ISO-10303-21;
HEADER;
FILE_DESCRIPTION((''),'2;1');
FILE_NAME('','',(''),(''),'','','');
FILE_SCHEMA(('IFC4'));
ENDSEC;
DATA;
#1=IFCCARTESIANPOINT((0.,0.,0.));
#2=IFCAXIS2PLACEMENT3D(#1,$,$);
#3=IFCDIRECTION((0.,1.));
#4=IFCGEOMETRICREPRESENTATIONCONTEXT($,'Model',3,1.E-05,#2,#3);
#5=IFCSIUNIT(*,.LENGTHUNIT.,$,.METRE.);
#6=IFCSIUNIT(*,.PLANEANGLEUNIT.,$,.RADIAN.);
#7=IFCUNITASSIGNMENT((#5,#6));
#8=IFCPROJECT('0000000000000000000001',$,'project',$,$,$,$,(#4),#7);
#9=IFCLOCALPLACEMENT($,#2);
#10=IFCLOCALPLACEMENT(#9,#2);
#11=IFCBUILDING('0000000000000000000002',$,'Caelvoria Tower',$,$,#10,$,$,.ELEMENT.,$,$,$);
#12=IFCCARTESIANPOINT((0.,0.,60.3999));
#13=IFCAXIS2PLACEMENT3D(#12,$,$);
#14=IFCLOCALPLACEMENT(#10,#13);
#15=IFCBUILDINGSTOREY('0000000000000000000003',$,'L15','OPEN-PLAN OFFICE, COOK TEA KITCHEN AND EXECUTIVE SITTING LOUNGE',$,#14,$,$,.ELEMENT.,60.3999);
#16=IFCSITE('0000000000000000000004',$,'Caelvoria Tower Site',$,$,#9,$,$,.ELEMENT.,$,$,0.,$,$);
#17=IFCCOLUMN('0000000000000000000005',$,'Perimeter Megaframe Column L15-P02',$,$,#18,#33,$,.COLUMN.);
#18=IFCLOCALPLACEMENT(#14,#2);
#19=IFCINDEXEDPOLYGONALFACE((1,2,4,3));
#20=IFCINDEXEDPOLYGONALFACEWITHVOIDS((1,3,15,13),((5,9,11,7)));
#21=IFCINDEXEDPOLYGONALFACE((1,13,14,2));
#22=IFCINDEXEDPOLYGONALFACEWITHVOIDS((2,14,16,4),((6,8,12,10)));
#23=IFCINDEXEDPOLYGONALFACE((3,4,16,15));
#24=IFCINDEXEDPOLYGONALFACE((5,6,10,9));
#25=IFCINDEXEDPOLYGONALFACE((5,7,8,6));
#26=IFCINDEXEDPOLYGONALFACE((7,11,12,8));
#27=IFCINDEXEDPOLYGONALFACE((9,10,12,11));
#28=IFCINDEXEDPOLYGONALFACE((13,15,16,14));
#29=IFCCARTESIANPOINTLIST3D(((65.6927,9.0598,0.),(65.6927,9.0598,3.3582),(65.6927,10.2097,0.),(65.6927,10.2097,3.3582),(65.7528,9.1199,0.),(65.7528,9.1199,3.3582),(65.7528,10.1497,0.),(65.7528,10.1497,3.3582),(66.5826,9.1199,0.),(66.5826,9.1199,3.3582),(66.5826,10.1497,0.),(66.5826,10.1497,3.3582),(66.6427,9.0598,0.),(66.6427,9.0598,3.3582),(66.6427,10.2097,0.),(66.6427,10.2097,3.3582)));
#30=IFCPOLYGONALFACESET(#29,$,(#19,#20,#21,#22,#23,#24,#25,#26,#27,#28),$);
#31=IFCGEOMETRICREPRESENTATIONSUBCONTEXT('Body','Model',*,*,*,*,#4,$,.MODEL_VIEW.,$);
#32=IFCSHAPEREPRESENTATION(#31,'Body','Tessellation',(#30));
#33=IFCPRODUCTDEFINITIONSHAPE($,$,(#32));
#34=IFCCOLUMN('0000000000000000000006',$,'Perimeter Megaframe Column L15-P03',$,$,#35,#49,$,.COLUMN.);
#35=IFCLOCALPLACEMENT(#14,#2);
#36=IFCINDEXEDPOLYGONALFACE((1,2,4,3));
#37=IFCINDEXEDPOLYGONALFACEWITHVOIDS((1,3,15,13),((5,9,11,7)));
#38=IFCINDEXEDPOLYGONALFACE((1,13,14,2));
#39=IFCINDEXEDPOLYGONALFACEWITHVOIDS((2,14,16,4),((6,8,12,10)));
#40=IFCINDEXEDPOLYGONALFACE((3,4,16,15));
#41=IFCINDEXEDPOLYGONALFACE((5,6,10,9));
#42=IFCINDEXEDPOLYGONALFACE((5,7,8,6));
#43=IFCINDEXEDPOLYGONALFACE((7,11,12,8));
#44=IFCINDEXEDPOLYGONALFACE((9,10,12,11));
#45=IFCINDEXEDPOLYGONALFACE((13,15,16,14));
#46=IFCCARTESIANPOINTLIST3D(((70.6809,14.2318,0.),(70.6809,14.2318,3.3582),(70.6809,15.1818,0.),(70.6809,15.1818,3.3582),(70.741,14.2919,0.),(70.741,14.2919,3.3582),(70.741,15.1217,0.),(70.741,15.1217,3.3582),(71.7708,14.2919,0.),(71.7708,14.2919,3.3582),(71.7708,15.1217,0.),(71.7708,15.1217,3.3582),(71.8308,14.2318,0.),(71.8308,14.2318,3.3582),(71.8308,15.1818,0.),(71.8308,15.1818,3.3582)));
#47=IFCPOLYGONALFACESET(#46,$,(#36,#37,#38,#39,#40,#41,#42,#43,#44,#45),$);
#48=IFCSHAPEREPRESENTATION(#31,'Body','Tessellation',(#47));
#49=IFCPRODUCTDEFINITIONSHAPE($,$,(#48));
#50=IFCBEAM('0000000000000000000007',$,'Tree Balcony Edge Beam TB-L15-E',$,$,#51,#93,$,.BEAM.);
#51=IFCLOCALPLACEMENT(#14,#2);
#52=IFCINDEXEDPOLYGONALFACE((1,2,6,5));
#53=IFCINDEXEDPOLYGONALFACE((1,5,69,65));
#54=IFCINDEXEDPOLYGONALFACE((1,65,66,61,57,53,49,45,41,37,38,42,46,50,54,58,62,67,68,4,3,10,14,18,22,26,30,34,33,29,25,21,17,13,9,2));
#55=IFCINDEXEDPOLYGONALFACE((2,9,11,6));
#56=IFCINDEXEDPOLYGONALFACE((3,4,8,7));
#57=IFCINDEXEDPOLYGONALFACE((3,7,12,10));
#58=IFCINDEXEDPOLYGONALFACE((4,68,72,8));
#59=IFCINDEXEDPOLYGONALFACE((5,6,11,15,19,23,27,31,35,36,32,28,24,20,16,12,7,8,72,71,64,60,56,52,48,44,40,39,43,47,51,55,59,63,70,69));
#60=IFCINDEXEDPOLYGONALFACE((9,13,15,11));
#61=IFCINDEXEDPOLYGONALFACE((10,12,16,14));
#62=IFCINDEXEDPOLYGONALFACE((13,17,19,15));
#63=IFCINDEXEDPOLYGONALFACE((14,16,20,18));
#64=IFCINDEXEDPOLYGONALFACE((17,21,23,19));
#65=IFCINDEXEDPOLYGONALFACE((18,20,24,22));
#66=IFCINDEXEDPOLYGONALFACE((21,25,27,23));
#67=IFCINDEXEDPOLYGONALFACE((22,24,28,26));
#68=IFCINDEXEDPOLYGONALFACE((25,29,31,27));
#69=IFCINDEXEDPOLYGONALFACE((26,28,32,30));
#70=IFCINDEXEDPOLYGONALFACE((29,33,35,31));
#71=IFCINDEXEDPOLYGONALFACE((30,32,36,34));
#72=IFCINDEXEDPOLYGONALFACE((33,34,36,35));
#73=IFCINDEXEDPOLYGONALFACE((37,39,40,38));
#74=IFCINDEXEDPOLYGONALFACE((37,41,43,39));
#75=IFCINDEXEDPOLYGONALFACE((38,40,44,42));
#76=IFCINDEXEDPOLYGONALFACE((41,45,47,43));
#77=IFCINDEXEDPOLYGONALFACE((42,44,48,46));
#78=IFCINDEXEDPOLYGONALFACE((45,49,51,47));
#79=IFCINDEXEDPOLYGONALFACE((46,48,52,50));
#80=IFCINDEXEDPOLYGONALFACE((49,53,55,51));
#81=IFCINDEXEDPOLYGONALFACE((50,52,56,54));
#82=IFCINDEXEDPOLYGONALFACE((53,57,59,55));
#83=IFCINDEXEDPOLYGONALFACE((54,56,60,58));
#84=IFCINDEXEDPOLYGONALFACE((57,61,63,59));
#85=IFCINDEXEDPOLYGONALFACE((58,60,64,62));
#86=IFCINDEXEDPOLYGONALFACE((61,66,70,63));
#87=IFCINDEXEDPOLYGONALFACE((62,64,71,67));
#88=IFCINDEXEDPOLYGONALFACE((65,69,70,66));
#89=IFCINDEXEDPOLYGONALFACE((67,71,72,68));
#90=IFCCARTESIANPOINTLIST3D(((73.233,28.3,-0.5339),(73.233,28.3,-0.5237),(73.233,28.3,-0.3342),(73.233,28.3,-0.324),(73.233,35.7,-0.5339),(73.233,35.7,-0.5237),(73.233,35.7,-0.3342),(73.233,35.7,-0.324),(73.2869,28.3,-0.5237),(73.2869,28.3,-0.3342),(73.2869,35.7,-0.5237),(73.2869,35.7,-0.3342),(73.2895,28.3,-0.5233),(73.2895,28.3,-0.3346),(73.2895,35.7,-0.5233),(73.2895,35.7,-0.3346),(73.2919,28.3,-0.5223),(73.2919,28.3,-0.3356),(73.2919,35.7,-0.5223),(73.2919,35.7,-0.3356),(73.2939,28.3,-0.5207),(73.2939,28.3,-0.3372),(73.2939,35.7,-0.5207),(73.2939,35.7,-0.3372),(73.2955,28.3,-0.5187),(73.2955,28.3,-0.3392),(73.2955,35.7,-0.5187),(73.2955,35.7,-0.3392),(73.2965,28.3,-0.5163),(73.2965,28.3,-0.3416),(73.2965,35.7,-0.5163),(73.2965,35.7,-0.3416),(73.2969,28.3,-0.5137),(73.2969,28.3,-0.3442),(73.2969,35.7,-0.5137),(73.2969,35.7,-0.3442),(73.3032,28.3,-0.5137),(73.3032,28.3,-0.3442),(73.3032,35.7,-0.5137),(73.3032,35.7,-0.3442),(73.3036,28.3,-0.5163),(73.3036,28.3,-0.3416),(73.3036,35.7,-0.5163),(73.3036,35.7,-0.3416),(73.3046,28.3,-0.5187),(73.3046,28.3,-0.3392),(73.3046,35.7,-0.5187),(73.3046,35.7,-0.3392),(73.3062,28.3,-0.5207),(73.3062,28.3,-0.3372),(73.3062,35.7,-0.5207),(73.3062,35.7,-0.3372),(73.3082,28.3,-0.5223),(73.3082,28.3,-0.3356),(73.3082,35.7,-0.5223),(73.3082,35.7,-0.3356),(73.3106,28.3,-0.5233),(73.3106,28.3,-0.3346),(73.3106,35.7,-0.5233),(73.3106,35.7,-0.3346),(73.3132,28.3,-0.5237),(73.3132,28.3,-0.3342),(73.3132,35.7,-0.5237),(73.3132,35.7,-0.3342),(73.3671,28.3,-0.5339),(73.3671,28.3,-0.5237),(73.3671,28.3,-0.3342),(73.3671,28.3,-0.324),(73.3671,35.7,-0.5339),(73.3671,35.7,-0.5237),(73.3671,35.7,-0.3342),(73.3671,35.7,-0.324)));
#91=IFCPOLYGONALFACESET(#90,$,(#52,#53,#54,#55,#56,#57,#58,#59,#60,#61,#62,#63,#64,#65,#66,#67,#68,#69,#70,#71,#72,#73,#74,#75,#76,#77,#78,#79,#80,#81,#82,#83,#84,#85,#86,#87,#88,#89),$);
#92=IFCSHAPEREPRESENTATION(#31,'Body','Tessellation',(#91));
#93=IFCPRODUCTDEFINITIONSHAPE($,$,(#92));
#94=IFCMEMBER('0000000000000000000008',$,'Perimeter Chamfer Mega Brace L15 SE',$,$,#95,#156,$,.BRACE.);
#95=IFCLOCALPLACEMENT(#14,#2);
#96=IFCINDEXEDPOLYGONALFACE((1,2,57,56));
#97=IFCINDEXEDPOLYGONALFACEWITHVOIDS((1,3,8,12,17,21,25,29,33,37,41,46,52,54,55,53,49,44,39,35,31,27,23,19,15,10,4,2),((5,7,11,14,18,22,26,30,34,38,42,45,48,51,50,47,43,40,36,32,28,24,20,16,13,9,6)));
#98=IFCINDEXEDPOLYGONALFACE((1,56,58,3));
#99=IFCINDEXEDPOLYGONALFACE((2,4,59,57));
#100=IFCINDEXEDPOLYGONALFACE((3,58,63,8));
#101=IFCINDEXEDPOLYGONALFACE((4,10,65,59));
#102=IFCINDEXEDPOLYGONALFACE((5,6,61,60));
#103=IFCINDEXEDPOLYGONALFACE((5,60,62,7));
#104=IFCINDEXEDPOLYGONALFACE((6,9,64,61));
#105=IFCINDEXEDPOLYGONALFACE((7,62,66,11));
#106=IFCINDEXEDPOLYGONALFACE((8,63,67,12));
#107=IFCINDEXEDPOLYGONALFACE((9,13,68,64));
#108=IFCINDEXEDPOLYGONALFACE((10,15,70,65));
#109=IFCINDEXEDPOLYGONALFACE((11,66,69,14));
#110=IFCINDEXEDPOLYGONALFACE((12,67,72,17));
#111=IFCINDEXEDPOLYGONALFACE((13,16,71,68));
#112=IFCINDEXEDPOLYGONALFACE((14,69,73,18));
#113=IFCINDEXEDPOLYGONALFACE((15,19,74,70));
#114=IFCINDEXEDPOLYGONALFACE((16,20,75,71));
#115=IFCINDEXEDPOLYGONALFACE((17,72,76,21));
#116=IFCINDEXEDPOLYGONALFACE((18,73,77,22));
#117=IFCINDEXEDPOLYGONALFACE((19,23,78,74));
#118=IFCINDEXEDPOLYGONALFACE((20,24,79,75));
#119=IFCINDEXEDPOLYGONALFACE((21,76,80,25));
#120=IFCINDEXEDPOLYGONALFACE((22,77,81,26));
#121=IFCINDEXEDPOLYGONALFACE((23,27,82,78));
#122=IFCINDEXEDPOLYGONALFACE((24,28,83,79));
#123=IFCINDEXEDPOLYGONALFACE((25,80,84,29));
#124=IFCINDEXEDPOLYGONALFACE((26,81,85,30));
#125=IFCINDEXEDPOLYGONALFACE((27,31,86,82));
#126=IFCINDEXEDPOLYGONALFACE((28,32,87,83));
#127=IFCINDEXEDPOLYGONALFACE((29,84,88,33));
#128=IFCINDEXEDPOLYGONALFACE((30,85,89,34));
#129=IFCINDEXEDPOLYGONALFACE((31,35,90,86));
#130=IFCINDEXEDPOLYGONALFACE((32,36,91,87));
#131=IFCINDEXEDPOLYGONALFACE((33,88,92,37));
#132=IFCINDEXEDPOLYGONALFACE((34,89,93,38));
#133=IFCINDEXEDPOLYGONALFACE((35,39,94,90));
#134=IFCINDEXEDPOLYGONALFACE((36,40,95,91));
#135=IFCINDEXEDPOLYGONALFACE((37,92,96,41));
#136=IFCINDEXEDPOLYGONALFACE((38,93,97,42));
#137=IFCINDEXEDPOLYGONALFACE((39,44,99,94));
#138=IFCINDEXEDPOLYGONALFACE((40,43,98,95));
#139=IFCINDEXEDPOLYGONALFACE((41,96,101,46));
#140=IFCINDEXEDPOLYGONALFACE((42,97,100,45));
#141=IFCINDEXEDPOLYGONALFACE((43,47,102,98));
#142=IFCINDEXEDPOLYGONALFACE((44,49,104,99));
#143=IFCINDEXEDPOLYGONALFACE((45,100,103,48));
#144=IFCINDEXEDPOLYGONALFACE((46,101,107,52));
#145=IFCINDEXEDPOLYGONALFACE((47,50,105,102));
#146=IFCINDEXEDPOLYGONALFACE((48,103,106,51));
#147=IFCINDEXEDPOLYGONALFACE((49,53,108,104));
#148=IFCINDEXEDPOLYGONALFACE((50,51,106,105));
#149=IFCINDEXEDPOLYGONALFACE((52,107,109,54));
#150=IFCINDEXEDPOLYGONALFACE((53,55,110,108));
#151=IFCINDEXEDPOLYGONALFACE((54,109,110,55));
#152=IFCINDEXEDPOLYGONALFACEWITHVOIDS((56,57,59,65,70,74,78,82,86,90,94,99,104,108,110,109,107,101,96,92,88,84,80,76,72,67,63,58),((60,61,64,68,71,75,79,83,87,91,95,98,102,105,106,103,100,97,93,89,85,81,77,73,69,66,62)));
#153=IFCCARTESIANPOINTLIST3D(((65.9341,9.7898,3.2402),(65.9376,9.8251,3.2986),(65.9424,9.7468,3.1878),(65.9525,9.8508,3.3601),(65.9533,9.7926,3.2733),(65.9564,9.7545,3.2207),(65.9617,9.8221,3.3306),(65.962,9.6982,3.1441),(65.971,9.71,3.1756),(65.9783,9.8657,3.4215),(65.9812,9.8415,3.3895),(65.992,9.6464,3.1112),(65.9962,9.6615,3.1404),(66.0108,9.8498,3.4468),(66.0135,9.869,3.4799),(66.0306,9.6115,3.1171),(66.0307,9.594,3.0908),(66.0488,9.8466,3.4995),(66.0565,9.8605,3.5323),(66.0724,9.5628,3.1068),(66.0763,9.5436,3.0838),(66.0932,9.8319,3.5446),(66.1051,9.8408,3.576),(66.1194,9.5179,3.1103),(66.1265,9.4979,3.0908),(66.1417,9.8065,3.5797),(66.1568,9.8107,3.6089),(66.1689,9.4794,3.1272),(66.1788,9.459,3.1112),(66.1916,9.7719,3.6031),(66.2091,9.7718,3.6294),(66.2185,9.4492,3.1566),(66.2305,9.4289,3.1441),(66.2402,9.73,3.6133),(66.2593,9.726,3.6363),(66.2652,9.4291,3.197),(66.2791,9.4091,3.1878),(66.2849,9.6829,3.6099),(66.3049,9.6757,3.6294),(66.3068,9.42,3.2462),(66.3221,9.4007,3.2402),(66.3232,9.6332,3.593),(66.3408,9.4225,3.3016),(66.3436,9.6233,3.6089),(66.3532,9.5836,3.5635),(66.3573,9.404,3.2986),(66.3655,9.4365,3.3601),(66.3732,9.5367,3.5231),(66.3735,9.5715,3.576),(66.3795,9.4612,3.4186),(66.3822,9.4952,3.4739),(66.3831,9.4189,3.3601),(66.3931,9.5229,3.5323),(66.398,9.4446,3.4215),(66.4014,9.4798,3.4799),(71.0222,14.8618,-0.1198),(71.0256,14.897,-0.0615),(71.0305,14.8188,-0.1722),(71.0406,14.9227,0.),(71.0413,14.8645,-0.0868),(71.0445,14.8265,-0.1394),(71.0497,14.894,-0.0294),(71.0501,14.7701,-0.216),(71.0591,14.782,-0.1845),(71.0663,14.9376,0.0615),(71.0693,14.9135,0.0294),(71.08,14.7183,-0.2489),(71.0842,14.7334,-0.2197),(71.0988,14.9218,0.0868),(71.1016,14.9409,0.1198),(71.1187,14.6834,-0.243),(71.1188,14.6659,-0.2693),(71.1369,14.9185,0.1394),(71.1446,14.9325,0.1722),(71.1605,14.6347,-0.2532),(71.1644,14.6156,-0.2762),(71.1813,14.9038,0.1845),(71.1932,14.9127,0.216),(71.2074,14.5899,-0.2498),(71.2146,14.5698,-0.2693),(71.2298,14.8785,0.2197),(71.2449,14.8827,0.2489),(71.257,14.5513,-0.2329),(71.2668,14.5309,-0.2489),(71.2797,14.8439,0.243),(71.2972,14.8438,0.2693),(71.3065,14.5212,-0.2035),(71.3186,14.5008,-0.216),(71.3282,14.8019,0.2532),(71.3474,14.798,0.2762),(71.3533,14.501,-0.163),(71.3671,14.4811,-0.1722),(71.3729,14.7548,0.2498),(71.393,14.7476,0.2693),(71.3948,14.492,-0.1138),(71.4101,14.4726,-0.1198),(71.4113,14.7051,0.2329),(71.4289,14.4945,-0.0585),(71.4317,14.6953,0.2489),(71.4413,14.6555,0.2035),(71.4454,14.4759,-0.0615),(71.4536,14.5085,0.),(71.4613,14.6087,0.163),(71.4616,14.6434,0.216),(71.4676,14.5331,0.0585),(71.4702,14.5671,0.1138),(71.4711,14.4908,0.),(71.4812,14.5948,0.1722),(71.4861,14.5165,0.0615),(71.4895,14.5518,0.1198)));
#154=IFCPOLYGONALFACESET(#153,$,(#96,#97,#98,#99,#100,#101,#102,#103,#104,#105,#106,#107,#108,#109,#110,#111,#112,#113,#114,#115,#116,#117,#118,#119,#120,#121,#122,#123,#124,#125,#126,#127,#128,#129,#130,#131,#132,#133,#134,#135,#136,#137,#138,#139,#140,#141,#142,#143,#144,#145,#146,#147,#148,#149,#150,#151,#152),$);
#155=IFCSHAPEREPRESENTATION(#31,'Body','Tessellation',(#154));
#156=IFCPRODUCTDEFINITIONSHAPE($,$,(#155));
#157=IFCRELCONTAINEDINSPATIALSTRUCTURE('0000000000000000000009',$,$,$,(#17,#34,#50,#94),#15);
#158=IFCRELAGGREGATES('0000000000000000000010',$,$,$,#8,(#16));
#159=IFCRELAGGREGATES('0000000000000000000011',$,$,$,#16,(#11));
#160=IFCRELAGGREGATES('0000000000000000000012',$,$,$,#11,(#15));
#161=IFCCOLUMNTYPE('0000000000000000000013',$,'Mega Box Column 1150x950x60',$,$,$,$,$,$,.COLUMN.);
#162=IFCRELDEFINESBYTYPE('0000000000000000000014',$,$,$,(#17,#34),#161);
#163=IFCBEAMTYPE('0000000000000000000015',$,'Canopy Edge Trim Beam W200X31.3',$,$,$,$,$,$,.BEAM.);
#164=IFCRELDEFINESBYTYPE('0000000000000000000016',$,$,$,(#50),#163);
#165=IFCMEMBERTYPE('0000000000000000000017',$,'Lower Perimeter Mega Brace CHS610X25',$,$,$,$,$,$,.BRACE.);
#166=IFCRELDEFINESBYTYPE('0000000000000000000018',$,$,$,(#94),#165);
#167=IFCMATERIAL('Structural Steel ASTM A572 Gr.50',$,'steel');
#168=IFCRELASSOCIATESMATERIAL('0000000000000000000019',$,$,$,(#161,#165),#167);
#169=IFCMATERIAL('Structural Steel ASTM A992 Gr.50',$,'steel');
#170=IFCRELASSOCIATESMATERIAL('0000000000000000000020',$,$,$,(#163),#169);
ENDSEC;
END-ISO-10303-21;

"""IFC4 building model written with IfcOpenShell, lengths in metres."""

from ifc_helpers import new_model, si_unit, direction, frame, origin, origin_2d, place, context, subcontext, project, spatial, hollow_rectangle, hollow_circle, i_section, extrude, material, material_profile, profile_set, type_object, element, save


model = new_model("IFC4")

# Units and contexts
model_context = context("Model", 3, precision=1e-05, world=origin(), true_north=direction((0.0, 1.0)))
body_context = subcontext(model_context, "Body", "Model", "MODEL_VIEW")
ifc_project = project(units=[si_unit("LENGTHUNIT", "METRE"), si_unit("PLANEANGLEUNIT", "RADIAN")], contexts=[model_context])

# Site, building, storey
site_placement = place(None, origin())
site = spatial("IfcSite", under=ifc_project, at=site_placement, Name="Caelvoria Tower Site", CompositionType="ELEMENT", RefElevation=0.0)
building_placement = place(site_placement, origin())
building = spatial("IfcBuilding", under=site, at=building_placement, Name="Caelvoria Tower", CompositionType="ELEMENT")
storey_placement = place(building_placement, frame((0.0, 0.0, 60.3999)))
storey = spatial("IfcBuildingStorey", under=building, at=storey_placement, Name="L15", Description="OPEN-PLAN OFFICE, COOK TEA KITCHEN AND EXECUTIVE SITTING LOUNGE", CompositionType="ELEMENT", Elevation=60.3999)

# Columns
ifc_material_1 = material(Name="Structural Steel ASTM A572 Gr.50", Category="steel")
ifc_material_profile_1 = material_profile(ifc_material_1, hollow_rectangle(XDim=0.95, YDim=1.1499, WallThickness=0.0601, at=origin_2d()), Name="Structural Steel ASTM A572 Gr.50")
ifc_profile_set_1 = profile_set([ifc_material_profile_1], Name="BOX1150X950X60 - Structural Steel ASTM A572 Gr.50")
column_type = type_object("IfcColumnType", Name="Mega Box Column 1150x950x60", PredefinedType="COLUMN", material=ifc_profile_set_1)
for number, where, z_axis, x_axis, name in (
    (1, (66.1677, 9.6348, 0.0), (0.0, 0.0, 1.0), (1.0, 0.0, 0.0), "Perimeter Megaframe Column L15-P02"),
    (2, (71.2559, 14.7068, 0.0), (0.0, 0.0, 1.0), (0.0, 1.0, 0.0), "Perimeter Megaframe Column L15-P03"),
):
    element("IfcColumn", number, at=place(storey_placement, frame(where, z_axis=z_axis, x_axis=x_axis)), inside=storey, type_object=column_type, Name=name, PredefinedType="COLUMN", context=body_context, shape_type="SweptSolid", body=[
        extrude(hollow_rectangle(XDim=0.95, YDim=1.1499, WallThickness=0.0601, at=origin_2d()), origin(), (0.0, 0.0, 1.0), 3.3582),
    ])

# Beam
ifc_material_2 = material(Name="Structural Steel ASTM A992 Gr.50", Category="steel")
ifc_material_profile_2 = material_profile(ifc_material_2, i_section(OverallWidth=0.134, OverallDepth=0.21, WebThickness=0.0063, FlangeThickness=0.0103, FilletRadius=0.01, at=origin_2d()), Name="Structural Steel ASTM A992 Gr.50")
ifc_profile_set_2 = profile_set([ifc_material_profile_2], Name="W200X31.3 - Structural Steel ASTM A992 Gr.50")
beam_type_1 = type_object("IfcBeamType", Name="Canopy Edge Trim Beam W200X31.3", PredefinedType="BEAM", material=ifc_profile_set_2)
beam_1_placement = place(storey_placement, frame((73.3, 28.3, -0.429), z_axis=(0.0, 1.0, 0.0), x_axis=(-1.0, 0.0, 0.0)))
element("IfcBeam", 3, at=beam_1_placement, inside=storey, type_object=beam_type_1, Name="Tree Balcony Edge Beam TB-L15-E", PredefinedType="BEAM", context=body_context, shape_type="SweptSolid", body=[
    extrude(i_section(OverallWidth=0.134, OverallDepth=0.21, WebThickness=0.0063, FlangeThickness=0.0103, FilletRadius=0.01, at=origin_2d()), origin(), (0.0, 0.0, 1.0), 7.3999),
])

# Member
ifc_material_profile_3 = material_profile(ifc_material_1, hollow_circle(Radius=0.3049, WallThickness=0.0249, at=origin_2d()), Name="Structural Steel ASTM A572 Gr.50")
ifc_profile_set_3 = profile_set([ifc_material_profile_3], Name="CHS610X25 - Structural Steel ASTM A572 Gr.50")
member_type = type_object("IfcMemberType", Name="Lower Perimeter Mega Brace CHS610X25", PredefinedType="BRACE", material=ifc_profile_set_3)
member_1_placement = place(storey_placement, frame((71.2559, 14.7068, 0.0), z_axis=(-0.641529, -0.639498, 0.423654), x_axis=(0.705984, -0.708227, 0.0)))
element("IfcMember", 4, at=member_1_placement, inside=storey, type_object=member_type, Name="Perimeter Chamfer Mega Brace L15 SE", PredefinedType="BRACE", context=body_context, shape_type="SweptSolid", body=[
    extrude(hollow_circle(Radius=0.3049, WallThickness=0.0249, at=origin_2d()), origin(), (0.0, 0.0, 1.0), 7.9312),
])

save(model, "model.ifc")
